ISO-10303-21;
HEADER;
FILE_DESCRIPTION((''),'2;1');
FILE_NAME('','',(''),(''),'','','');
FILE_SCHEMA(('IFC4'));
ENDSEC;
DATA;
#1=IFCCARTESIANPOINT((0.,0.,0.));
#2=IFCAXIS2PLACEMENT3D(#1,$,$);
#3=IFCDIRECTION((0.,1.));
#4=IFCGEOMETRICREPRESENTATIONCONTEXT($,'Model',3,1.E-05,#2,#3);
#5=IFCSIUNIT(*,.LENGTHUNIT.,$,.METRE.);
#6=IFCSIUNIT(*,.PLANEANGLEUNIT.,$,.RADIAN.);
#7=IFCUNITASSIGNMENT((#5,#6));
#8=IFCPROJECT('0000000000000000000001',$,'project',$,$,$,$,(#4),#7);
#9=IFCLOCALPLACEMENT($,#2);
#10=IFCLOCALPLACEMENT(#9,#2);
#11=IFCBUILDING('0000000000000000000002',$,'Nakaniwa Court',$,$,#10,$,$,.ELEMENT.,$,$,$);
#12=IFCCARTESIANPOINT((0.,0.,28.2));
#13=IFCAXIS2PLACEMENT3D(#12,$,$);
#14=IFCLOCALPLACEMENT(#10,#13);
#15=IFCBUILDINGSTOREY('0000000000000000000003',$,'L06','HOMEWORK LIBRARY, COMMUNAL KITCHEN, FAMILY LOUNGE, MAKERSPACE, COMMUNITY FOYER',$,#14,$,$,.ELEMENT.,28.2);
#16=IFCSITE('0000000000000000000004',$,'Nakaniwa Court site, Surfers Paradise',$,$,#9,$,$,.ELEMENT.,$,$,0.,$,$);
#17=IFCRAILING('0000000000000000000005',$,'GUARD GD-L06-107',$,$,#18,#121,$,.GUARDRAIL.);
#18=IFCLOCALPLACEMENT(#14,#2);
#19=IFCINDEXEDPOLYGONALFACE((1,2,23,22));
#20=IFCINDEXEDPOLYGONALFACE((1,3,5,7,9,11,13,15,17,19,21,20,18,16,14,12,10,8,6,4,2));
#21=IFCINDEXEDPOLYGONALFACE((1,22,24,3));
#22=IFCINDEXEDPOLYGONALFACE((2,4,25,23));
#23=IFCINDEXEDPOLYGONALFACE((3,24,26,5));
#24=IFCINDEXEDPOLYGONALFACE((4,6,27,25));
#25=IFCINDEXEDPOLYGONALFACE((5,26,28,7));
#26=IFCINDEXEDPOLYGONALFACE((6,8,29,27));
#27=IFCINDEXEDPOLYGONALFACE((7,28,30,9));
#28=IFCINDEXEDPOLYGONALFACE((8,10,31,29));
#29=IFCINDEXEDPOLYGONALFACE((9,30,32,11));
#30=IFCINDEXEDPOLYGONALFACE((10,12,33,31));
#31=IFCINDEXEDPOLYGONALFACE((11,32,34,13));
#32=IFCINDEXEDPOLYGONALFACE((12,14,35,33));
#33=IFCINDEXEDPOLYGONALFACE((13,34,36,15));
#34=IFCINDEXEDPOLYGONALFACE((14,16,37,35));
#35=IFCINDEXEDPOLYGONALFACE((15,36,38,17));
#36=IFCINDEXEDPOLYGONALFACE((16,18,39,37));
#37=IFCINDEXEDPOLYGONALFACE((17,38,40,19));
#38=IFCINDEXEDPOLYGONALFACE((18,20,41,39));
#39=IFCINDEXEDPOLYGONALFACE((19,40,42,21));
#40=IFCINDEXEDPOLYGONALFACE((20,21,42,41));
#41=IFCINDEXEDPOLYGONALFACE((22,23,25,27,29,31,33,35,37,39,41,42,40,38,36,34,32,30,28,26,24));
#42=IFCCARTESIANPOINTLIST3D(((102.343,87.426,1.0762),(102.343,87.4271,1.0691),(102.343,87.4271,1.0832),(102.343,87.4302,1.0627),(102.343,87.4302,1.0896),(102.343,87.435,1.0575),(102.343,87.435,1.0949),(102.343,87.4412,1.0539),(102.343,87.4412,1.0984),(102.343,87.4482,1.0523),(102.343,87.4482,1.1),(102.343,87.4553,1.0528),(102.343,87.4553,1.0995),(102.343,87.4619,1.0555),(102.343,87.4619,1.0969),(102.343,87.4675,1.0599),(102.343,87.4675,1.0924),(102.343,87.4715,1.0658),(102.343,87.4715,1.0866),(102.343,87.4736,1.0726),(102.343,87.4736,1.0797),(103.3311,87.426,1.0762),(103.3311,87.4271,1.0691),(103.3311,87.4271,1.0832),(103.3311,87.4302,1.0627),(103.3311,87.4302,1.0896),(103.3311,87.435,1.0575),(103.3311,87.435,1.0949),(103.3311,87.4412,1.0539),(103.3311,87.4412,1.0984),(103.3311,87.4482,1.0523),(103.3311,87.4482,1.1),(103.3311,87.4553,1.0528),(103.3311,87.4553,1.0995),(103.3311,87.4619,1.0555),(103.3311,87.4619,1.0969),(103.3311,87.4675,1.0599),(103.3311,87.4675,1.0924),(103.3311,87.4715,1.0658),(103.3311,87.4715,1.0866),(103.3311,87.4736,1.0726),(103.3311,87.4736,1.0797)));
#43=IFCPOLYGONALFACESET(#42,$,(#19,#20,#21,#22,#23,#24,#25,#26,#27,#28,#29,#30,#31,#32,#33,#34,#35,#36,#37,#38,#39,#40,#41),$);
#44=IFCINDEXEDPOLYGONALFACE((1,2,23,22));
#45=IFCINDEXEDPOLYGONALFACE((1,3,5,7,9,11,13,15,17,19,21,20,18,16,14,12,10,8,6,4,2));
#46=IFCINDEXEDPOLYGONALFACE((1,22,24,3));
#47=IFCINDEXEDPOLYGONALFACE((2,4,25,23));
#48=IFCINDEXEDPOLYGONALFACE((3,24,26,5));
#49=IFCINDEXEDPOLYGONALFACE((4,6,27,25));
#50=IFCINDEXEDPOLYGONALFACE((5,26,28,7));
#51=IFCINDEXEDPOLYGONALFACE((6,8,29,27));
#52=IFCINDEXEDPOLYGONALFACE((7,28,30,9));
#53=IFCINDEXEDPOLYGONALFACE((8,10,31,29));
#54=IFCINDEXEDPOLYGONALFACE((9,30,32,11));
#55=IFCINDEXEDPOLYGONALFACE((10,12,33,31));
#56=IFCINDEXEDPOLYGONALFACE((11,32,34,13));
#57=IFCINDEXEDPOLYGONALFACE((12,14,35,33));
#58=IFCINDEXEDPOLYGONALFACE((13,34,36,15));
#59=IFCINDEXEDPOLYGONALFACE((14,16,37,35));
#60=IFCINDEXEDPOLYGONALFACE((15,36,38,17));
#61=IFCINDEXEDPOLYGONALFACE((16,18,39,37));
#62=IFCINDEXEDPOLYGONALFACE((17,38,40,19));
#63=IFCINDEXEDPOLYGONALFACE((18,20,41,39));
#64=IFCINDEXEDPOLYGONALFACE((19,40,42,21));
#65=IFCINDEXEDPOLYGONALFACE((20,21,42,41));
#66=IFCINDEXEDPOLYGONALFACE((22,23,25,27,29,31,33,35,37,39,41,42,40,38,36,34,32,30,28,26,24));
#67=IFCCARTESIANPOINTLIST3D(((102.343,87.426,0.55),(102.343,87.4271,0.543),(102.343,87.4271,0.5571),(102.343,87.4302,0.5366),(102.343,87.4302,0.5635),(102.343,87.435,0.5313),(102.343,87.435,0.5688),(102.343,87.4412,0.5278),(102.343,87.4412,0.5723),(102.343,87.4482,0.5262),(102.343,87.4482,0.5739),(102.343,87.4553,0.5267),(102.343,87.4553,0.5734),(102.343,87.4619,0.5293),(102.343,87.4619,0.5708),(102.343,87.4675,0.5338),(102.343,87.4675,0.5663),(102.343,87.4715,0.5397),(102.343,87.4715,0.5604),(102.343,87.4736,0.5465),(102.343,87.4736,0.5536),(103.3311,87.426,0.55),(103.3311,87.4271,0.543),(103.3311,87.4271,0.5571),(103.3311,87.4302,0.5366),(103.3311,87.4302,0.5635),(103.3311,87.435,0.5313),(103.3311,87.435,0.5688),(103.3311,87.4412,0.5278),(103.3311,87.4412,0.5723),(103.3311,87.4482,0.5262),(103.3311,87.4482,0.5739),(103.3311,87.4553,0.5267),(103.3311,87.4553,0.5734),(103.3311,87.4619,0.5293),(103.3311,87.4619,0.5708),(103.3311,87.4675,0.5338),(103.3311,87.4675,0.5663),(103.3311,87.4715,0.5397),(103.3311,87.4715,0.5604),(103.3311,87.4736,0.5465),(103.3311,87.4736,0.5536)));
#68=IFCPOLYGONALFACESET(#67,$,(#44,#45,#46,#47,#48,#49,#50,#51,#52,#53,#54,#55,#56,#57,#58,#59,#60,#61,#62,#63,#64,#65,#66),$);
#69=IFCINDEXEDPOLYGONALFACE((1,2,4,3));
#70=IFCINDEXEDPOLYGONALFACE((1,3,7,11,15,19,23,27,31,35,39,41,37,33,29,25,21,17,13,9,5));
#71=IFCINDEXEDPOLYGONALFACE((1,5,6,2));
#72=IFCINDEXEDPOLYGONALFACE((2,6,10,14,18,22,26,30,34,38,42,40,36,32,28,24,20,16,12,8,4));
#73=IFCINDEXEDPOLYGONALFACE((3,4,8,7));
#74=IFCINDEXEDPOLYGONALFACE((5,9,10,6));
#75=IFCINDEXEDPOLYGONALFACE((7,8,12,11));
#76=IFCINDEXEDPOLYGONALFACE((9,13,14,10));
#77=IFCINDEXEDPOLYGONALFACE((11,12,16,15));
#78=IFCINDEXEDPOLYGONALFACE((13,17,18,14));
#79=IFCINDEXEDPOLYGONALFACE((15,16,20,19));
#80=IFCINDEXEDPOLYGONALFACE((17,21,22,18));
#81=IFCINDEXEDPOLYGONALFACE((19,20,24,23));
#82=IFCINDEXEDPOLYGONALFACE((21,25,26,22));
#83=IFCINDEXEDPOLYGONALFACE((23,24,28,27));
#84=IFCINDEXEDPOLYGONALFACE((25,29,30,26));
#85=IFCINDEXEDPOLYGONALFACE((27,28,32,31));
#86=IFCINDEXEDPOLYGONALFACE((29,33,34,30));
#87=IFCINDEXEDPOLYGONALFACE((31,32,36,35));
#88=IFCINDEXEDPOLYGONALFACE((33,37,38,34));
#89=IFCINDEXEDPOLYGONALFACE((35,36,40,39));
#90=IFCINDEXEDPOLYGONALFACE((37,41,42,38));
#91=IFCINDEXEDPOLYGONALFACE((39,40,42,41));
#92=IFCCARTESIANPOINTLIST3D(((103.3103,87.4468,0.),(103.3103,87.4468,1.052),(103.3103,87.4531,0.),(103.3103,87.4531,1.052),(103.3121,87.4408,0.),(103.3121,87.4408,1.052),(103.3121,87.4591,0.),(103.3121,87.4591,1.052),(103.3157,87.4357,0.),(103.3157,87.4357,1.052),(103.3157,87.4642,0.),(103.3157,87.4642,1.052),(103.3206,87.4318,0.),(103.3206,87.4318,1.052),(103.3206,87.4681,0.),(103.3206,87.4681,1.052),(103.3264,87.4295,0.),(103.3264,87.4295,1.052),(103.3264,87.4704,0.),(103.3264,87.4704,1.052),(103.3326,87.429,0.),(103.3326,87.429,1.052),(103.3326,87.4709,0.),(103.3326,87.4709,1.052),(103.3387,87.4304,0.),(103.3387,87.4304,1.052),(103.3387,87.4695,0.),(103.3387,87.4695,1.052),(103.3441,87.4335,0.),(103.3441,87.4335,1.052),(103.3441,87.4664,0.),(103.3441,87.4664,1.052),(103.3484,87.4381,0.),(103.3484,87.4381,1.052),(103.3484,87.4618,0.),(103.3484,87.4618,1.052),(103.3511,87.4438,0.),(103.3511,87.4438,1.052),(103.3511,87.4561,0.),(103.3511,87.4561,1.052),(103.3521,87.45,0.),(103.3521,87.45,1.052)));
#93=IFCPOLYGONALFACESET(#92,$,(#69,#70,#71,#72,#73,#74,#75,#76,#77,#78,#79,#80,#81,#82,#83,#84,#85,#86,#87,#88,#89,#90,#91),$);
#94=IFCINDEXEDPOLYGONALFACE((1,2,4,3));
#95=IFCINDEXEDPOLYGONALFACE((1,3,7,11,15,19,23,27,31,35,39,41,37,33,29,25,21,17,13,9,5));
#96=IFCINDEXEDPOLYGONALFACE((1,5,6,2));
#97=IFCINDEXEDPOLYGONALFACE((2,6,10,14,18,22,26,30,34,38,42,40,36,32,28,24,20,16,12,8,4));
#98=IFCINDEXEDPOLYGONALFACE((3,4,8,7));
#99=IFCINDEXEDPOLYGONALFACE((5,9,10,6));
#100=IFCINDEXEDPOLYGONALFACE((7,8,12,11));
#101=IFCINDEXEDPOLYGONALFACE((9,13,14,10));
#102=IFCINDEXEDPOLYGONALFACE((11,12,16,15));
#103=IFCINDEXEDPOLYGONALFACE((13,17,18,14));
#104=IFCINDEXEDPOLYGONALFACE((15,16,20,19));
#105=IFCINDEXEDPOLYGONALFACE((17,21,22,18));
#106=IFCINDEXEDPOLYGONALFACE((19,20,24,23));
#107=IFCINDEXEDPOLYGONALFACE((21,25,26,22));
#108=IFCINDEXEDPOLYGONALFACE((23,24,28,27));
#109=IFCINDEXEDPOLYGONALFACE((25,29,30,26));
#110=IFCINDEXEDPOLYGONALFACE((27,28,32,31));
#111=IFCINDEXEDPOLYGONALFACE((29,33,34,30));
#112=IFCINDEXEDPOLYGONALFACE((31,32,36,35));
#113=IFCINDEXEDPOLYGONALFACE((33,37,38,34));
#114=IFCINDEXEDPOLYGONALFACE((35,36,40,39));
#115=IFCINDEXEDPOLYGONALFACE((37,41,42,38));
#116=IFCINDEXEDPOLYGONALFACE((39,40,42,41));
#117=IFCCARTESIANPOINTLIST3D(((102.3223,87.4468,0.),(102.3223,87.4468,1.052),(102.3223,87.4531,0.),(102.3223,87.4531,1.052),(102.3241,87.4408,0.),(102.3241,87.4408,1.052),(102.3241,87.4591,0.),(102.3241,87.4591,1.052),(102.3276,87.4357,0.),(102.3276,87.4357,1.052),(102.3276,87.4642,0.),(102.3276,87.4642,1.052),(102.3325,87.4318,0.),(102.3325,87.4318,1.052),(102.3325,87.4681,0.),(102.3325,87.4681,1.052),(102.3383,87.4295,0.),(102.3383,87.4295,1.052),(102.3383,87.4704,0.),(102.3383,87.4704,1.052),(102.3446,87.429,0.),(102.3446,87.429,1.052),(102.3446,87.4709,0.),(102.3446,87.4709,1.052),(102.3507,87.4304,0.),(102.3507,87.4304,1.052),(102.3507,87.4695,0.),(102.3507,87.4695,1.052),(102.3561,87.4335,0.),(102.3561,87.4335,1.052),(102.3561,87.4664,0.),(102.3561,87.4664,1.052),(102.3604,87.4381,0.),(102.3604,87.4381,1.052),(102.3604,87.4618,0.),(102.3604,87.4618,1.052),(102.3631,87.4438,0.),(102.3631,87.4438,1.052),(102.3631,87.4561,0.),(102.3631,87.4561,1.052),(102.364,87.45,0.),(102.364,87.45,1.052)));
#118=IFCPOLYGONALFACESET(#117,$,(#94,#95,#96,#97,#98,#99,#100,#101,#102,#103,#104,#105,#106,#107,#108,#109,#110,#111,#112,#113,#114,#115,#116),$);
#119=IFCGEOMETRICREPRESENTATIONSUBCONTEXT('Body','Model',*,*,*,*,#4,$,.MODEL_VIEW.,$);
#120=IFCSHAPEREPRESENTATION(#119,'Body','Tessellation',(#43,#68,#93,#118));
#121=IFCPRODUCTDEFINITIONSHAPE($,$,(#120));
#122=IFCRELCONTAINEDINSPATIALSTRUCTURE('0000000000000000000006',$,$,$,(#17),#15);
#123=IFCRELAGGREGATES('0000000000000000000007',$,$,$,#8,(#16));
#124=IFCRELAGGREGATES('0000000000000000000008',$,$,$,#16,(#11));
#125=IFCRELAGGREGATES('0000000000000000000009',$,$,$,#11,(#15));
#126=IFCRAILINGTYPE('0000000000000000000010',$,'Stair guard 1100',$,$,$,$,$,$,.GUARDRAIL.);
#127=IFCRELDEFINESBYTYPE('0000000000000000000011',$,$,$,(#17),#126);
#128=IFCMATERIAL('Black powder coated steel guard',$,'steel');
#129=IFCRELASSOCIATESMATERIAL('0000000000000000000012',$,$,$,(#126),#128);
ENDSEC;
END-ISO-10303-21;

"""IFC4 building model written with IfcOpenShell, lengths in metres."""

from ifc_helpers import new_model, si_unit, direction, frame, origin, origin_2d, place, context, subcontext, project, spatial, circle, extrude, material, type_object, element, save


model = new_model("IFC4")

# Units and contexts
model_context = context("Model", 3, precision=1e-05, world=origin(), true_north=direction((0.0, 1.0)))
body_context = subcontext(model_context, "Body", "Model", "MODEL_VIEW")
ifc_project = project(units=[si_unit("LENGTHUNIT", "METRE"), si_unit("PLANEANGLEUNIT", "RADIAN")], contexts=[model_context])

# Site, building, storey
site_placement = place(None, origin())
site = spatial("IfcSite", under=ifc_project, at=site_placement, Name="Nakaniwa Court site, Surfers Paradise", CompositionType="ELEMENT", RefElevation=0.0)
building_placement = place(site_placement, origin())
building = spatial("IfcBuilding", under=site, at=building_placement, Name="Nakaniwa Court", CompositionType="ELEMENT")
storey_placement = place(building_placement, frame((0.0, 0.0, 28.2)))
storey = spatial("IfcBuildingStorey", under=building, at=storey_placement, Name="L06", Description="HOMEWORK LIBRARY, COMMUNAL KITCHEN, FAMILY LOUNGE, MAKERSPACE, COMMUNITY FOYER", CompositionType="ELEMENT", Elevation=28.2)

# Railing
ifc_material_1 = material(Name="Black powder coated steel guard", Category="steel")
railing_type_1 = type_object("IfcRailingType", Name="Stair guard 1100", PredefinedType="GUARDRAIL", material=ifc_material_1)
railing_1_placement = place(storey_placement, frame((103.3311, 87.45, 0.0)))
element("IfcRailing", 1, at=railing_1_placement, inside=storey, type_object=railing_type_1, Name="GUARD GD-L06-107", PredefinedType="GUARDRAIL", context=body_context, shape_type="SweptSolid", body=[
    extrude(circle(Radius=0.0239, at=origin_2d()), frame((0.0, 0.0, 1.0762), z_axis=(-1.0, 0.0, 0.0), x_axis=(0.0, -1.0, 0.0)), (0.0, 0.0, 1.0), 0.988),
    extrude(circle(Radius=0.0239, at=origin_2d()), frame((0.0, 0.0, 0.55), z_axis=(-1.0, 0.0, 0.0), x_axis=(0.0, -1.0, 0.0)), (0.0, 0.0, 1.0), 0.988),
    extrude(circle(Radius=0.021, at=origin_2d()), origin(), (0.0, 0.0, 1.0), 1.052),
    extrude(circle(Radius=0.021, at=origin_2d()), frame((-0.988, 0.0, 0.0)), (0.0, 0.0, 1.0), 1.052),
])

save(model, "model.ifc")
